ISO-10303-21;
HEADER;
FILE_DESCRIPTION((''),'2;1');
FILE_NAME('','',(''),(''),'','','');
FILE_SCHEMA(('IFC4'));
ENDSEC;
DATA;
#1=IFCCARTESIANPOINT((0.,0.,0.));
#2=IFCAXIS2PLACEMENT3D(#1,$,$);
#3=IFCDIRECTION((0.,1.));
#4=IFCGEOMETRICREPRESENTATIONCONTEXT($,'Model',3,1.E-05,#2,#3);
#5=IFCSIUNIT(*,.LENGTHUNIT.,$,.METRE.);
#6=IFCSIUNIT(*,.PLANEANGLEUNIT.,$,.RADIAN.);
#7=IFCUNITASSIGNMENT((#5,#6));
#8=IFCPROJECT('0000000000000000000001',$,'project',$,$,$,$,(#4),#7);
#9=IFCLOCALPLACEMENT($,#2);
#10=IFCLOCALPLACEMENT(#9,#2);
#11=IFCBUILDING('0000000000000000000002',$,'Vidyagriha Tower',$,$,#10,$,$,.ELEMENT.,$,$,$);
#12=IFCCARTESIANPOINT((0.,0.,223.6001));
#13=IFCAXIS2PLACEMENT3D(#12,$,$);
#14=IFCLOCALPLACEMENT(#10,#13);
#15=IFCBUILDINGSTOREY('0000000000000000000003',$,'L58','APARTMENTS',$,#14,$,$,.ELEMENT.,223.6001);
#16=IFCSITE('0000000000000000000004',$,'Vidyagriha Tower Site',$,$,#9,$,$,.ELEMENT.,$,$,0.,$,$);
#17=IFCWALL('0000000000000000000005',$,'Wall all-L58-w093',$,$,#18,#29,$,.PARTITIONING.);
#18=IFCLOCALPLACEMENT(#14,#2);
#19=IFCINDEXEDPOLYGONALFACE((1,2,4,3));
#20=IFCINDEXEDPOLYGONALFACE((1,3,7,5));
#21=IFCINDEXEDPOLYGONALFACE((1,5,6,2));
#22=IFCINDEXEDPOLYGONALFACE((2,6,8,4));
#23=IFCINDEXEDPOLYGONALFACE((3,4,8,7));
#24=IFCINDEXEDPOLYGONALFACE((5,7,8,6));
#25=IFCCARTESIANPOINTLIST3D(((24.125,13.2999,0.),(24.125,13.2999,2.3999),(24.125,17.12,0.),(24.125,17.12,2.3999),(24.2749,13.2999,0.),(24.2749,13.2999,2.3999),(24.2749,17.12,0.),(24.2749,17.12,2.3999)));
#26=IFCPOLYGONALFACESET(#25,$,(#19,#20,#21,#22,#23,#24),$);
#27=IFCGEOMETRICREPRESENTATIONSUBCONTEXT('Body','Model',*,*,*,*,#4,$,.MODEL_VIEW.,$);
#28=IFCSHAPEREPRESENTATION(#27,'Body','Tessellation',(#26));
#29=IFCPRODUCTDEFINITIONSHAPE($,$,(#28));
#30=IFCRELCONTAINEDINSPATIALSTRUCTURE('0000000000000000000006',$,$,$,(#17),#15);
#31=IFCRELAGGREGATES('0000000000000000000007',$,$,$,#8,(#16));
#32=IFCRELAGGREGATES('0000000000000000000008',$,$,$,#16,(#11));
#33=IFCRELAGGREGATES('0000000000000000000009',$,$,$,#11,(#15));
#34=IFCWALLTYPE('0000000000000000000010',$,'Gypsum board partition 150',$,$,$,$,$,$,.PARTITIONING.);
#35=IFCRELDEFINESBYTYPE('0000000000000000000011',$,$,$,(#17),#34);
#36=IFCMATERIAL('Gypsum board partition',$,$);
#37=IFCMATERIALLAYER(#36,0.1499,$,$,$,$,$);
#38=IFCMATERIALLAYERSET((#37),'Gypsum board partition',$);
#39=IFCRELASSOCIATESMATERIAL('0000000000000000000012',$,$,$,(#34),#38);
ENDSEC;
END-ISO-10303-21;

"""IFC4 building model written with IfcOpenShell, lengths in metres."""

from ifc_helpers import new_model, si_unit, direction, frame, frame_2d, origin, place, context, subcontext, project, spatial, rectangle, extrude, material, layer, layer_set, type_object, element, save


model = new_model("IFC4")

# Units and contexts
model_context = context("Model", 3, precision=1e-05, world=origin(), true_north=direction((0.0, 1.0)))
body_context = subcontext(model_context, "Body", "Model", "MODEL_VIEW")
ifc_project = project(units=[si_unit("LENGTHUNIT", "METRE"), si_unit("PLANEANGLEUNIT", "RADIAN")], contexts=[model_context])

# Site, building, storey
site_placement = place(None, origin())
site = spatial("IfcSite", under=ifc_project, at=site_placement, Name="Vidyagriha Tower Site", CompositionType="ELEMENT", RefElevation=0.0)
building_placement = place(site_placement, origin())
building = spatial("IfcBuilding", under=site, at=building_placement, Name="Vidyagriha Tower", CompositionType="ELEMENT")
storey_placement = place(building_placement, frame((0.0, 0.0, 223.6001)))
storey = spatial("IfcBuildingStorey", under=building, at=storey_placement, Name="L58", Description="APARTMENTS", CompositionType="ELEMENT", Elevation=223.6001)

# Wall
ifc_material_1 = material(Name="Gypsum board partition")
ifc_layer_1 = layer(ifc_material_1, 0.1499)
ifc_layer_set_1 = layer_set([ifc_layer_1], Name="Gypsum board partition")
wall_type_1 = type_object("IfcWallType", Name="Gypsum board partition 150", PredefinedType="PARTITIONING", material=ifc_layer_set_1)
wall_1_placement = place(storey_placement, frame((24.2, 17.1201, 0.0), z_axis=(0.0, 0.0, 1.0), x_axis=(0.0, -1.0, 0.0)))
element("IfcWall", 1, at=wall_1_placement, inside=storey, type_object=wall_type_1, Name="Wall all-L58-w093", PredefinedType="PARTITIONING", context=body_context, shape_type="SweptSolid", body=[
    extrude(rectangle(XDim=3.8201, YDim=0.1499, at=frame_2d((1.9102, 0.0))), origin(), (0.0, 0.0, 1.0), 2.3999),
])

save(model, "model.ifc")
